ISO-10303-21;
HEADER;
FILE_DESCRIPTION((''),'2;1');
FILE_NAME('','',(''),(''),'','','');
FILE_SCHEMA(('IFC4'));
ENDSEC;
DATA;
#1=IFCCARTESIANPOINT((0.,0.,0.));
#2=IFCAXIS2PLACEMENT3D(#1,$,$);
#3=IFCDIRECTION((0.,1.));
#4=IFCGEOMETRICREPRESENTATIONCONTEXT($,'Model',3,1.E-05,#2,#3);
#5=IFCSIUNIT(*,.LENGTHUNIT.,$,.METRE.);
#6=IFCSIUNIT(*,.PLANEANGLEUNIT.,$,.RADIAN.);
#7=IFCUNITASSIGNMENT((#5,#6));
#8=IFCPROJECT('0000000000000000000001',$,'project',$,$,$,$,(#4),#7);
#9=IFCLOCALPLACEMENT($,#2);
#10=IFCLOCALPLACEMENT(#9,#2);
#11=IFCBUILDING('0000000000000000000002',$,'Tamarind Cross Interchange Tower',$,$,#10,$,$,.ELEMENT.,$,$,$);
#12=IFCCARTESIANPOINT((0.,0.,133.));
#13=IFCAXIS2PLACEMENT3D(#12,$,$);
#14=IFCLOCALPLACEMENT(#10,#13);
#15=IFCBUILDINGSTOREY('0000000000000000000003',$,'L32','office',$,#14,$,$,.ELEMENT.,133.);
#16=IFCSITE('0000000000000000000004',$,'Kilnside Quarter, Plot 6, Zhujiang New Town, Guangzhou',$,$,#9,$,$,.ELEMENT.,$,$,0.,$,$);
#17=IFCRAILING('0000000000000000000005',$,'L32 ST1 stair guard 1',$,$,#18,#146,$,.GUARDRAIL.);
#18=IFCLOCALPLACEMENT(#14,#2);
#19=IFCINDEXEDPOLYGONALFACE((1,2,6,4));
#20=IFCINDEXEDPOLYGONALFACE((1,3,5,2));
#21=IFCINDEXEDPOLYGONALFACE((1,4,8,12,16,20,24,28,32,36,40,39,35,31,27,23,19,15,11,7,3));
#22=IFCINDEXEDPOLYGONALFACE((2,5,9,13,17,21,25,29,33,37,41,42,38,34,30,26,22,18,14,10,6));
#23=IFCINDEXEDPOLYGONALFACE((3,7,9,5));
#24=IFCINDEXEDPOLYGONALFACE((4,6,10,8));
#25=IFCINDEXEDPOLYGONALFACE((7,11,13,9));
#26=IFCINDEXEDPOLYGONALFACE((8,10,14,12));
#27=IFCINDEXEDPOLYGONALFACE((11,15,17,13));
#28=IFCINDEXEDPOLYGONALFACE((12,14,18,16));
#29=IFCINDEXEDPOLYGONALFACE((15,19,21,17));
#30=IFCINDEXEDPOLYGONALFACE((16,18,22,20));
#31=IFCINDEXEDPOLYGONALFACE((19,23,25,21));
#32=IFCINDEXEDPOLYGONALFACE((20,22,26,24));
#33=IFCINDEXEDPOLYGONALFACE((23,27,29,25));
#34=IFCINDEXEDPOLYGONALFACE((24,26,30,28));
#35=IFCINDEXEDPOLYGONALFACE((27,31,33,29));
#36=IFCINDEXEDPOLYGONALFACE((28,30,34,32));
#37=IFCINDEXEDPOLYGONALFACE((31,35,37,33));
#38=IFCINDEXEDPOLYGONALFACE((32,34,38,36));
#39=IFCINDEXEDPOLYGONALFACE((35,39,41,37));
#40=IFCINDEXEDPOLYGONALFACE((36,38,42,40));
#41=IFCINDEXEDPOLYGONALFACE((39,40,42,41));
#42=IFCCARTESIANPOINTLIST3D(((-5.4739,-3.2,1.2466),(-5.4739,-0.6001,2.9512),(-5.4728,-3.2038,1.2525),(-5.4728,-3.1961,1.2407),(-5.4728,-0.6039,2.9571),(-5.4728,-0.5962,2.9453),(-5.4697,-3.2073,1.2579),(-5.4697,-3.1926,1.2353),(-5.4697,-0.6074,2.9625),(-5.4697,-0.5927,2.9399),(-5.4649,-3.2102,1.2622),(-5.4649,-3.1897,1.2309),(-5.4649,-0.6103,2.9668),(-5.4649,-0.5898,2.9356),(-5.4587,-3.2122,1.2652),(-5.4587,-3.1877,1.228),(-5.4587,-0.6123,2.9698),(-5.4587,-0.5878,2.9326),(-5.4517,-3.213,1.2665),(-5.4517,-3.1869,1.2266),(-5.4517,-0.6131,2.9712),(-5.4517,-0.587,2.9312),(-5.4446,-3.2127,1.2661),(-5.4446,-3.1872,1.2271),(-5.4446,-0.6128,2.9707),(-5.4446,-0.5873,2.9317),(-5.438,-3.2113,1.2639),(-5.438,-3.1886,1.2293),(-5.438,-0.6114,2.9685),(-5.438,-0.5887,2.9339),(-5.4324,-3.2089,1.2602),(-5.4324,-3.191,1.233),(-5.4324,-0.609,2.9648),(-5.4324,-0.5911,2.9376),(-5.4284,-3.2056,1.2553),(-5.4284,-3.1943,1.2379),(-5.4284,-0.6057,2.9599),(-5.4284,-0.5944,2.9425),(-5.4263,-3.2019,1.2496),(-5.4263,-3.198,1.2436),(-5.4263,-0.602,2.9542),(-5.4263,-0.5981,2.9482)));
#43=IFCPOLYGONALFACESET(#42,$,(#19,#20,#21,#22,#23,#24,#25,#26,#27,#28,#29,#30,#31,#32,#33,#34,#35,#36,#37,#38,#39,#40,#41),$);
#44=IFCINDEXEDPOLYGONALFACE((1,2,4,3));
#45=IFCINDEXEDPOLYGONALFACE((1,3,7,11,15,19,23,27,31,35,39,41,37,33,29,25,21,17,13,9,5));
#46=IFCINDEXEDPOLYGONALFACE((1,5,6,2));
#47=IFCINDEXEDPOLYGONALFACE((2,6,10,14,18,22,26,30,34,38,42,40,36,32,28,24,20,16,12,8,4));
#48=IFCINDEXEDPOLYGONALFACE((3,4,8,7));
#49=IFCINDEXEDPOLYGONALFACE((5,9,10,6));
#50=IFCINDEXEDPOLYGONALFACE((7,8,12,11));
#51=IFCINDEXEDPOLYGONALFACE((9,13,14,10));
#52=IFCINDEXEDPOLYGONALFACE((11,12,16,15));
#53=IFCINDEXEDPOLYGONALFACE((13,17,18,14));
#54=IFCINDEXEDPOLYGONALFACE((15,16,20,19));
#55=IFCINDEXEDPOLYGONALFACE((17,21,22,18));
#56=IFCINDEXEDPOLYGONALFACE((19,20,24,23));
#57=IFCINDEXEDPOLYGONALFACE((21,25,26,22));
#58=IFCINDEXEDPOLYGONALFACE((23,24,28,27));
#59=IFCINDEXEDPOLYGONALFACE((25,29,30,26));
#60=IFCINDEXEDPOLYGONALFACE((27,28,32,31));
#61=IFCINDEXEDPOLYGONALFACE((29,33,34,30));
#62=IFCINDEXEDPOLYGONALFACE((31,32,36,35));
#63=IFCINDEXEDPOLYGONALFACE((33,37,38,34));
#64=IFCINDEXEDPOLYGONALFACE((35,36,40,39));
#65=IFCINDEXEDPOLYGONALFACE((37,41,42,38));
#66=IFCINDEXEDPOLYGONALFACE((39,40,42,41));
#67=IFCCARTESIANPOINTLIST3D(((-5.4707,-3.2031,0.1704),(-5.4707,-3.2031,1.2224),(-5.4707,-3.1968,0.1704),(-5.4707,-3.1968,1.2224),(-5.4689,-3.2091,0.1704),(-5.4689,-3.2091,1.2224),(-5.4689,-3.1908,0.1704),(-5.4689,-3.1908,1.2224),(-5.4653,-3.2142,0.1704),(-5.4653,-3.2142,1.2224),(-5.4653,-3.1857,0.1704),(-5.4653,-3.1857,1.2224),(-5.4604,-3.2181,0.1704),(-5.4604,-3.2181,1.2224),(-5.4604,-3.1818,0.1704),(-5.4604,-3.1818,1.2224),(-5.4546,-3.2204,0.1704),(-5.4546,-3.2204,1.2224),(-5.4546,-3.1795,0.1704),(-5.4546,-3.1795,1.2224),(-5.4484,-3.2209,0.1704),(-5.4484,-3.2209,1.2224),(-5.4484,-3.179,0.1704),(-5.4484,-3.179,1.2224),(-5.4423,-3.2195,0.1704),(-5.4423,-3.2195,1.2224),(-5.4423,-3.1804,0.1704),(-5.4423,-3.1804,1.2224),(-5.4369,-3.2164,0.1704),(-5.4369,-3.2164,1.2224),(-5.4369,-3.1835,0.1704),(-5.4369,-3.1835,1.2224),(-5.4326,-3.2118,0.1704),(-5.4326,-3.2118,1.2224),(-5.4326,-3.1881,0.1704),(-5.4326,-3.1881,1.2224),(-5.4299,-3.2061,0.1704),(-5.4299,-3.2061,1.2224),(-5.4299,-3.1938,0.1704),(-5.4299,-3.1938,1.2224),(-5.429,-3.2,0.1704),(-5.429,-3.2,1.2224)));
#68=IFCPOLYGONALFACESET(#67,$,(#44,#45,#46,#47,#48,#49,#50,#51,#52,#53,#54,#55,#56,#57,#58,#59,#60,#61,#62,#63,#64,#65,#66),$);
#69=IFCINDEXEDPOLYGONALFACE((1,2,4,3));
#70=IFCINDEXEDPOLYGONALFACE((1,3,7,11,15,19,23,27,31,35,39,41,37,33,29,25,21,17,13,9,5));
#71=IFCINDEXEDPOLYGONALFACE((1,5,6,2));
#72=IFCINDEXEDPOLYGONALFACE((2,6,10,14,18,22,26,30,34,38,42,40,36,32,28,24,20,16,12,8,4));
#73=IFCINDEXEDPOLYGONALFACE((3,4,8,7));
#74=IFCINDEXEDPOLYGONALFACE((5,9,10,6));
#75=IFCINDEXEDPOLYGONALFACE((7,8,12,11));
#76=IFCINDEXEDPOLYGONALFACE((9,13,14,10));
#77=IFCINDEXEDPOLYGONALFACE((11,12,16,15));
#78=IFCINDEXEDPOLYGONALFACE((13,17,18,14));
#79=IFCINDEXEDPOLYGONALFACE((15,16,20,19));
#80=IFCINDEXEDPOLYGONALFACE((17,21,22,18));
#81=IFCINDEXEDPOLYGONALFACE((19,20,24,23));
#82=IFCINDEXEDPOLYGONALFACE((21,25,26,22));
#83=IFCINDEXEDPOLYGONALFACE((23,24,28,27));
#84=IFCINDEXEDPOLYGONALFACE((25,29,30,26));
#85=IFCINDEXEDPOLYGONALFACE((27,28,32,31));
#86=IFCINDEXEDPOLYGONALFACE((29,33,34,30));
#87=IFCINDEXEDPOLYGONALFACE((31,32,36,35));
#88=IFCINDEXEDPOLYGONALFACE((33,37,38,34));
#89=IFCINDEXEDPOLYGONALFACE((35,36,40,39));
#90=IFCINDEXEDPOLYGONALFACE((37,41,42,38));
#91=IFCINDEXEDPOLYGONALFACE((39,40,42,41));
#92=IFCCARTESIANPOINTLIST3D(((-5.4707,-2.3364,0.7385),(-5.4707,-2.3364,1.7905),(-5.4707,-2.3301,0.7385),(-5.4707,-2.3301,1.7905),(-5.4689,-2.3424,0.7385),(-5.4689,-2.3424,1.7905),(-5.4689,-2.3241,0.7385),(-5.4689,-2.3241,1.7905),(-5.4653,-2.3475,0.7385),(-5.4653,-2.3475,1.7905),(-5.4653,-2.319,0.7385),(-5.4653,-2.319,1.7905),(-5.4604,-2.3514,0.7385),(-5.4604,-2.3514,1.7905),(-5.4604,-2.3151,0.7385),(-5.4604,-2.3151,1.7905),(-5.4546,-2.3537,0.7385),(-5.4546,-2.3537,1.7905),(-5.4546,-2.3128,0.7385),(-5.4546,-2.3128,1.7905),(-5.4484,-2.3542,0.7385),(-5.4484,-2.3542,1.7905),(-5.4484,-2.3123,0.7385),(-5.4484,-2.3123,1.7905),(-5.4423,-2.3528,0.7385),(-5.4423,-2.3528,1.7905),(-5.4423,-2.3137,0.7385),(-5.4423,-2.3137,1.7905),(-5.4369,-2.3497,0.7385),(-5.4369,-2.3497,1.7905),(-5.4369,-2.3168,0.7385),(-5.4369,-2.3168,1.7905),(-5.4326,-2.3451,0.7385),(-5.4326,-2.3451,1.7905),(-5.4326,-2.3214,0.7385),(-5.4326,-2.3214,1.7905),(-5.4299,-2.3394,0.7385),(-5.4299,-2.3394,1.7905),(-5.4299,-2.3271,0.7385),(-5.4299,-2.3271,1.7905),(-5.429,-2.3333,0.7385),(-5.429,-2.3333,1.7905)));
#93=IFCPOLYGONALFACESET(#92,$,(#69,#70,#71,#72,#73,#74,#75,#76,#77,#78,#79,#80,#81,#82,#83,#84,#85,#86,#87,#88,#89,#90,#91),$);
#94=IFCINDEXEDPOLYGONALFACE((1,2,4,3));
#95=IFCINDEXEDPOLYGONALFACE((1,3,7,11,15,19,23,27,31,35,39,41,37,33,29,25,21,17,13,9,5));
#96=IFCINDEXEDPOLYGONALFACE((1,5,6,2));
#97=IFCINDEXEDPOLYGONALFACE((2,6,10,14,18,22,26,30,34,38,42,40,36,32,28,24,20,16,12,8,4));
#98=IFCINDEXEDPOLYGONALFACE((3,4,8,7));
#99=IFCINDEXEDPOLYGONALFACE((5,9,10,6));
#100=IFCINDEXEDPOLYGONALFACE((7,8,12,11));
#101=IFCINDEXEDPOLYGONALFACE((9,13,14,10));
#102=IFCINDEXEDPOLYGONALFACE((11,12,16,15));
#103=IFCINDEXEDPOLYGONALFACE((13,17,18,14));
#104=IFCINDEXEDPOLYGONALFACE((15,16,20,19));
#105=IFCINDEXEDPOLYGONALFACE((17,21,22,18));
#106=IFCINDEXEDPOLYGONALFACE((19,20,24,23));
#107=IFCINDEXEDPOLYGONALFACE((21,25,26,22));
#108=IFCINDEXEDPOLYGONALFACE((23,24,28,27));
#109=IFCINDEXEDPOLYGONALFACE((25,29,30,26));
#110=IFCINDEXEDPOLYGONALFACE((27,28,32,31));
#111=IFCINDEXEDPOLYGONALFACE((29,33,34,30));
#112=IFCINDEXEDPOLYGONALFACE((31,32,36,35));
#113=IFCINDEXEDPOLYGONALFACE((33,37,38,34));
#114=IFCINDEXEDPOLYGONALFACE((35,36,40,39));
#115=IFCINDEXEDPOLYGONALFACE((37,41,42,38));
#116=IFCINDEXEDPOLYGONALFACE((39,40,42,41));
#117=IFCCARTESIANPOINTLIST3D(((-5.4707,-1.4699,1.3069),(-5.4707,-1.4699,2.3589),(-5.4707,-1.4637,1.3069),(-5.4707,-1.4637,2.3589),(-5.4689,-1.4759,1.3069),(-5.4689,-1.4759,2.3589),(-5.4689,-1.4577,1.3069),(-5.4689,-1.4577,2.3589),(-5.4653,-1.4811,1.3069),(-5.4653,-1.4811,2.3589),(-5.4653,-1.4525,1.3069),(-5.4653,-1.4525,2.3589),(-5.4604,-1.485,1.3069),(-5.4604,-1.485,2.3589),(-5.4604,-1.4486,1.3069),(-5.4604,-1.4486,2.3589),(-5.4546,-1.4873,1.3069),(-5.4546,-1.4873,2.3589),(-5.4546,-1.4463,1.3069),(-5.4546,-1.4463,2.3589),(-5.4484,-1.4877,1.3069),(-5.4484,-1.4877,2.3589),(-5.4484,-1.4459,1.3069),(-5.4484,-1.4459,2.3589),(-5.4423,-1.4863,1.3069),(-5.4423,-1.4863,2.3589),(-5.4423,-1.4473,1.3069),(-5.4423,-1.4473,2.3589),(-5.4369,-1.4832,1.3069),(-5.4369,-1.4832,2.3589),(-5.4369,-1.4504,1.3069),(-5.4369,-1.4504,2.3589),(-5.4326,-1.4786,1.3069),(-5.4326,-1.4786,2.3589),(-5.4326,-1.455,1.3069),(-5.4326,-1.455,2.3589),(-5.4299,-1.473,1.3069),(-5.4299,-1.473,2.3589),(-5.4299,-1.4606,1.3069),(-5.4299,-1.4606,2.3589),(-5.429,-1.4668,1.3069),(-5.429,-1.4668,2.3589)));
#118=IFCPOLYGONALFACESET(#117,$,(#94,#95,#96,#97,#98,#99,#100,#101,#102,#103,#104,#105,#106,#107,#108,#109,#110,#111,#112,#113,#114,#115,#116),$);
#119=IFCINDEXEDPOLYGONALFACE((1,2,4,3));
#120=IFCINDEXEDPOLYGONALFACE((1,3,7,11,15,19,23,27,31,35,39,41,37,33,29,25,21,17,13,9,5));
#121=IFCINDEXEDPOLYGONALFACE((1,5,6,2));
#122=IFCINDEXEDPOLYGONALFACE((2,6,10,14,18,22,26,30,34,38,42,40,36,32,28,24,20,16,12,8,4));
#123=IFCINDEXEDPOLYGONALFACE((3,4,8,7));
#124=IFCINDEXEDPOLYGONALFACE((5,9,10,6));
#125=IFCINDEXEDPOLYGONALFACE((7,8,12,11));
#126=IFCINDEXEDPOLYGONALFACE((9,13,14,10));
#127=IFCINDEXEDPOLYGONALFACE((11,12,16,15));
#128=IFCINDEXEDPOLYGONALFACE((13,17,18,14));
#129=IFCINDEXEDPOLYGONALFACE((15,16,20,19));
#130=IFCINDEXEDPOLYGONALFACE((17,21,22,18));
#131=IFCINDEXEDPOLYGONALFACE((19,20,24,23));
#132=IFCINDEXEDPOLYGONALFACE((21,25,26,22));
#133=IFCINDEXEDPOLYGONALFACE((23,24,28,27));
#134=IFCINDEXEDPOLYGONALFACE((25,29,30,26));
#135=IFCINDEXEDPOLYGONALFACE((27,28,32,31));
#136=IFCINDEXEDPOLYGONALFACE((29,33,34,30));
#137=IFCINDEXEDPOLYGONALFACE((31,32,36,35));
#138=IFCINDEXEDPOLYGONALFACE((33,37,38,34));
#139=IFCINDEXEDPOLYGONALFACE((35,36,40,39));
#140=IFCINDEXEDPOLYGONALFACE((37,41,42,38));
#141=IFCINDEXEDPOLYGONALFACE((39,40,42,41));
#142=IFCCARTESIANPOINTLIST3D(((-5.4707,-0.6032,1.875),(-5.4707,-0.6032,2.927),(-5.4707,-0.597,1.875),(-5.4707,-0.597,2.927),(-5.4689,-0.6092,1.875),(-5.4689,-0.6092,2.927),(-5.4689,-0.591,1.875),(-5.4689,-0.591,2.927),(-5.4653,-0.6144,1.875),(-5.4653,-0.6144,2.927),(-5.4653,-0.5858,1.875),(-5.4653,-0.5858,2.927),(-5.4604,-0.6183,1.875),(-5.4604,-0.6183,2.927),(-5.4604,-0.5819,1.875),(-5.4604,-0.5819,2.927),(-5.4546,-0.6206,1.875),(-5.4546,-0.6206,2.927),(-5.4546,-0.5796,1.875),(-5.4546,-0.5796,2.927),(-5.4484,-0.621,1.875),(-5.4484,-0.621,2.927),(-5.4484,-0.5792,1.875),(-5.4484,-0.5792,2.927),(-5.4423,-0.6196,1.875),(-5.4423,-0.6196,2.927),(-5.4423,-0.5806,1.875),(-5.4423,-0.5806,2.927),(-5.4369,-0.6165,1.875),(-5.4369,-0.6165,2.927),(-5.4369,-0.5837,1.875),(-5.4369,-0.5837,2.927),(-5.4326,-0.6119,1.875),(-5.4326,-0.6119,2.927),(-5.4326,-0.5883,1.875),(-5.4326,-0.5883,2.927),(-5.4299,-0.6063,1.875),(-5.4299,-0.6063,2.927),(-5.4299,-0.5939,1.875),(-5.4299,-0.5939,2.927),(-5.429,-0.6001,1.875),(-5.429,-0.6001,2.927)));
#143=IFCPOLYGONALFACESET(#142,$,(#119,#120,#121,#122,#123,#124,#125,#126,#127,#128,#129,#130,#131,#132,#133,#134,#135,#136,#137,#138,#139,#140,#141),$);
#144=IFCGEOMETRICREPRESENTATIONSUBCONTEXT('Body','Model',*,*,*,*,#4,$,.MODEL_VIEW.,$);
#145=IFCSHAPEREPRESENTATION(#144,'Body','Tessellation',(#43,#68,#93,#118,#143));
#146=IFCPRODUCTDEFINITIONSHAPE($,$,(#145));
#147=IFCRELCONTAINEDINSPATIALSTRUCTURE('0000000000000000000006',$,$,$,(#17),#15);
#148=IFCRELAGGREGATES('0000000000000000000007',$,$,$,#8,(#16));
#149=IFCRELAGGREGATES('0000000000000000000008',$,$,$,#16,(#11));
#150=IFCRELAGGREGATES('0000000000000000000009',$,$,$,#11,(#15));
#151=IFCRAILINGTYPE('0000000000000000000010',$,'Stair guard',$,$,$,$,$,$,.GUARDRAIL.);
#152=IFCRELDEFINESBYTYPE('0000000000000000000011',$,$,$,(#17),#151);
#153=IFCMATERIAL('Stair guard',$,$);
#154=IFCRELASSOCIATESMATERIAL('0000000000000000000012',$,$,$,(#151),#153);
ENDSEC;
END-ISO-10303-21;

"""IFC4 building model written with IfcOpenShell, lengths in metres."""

from ifc_helpers import new_model, si_unit, direction, frame, origin, origin_2d, place, context, subcontext, project, spatial, circle, extrude, material, type_object, element, save


model = new_model("IFC4")

# Units and contexts
model_context = context("Model", 3, precision=1e-05, world=origin(), true_north=direction((0.0, 1.0)))
body_context = subcontext(model_context, "Body", "Model", "MODEL_VIEW")
ifc_project = project(units=[si_unit("LENGTHUNIT", "METRE"), si_unit("PLANEANGLEUNIT", "RADIAN")], contexts=[model_context])

# Site, building, storey
site_placement = place(None, origin())
site = spatial("IfcSite", under=ifc_project, at=site_placement, Name="Kilnside Quarter, Plot 6, Zhujiang New Town, Guangzhou", CompositionType="ELEMENT", RefElevation=0.0)
building_placement = place(site_placement, origin())
building = spatial("IfcBuilding", under=site, at=building_placement, Name="Tamarind Cross Interchange Tower", CompositionType="ELEMENT")
storey_placement = place(building_placement, frame((0.0, 0.0, 133.0)))
storey = spatial("IfcBuildingStorey", under=building, at=storey_placement, Name="L32", Description="office", CompositionType="ELEMENT", Elevation=133.0)

# Railing
ifc_material_1 = material(Name="Stair guard")
railing_type_1 = type_object("IfcRailingType", Name="Stair guard", PredefinedType="GUARDRAIL", material=ifc_material_1)
railing_1_placement = place(storey_placement, frame((-5.45, -3.2, 0.1704)))
element("IfcRailing", 1, at=railing_1_placement, inside=storey, type_object=railing_type_1, Name="L32 ST1 stair guard 1", PredefinedType="GUARDRAIL", context=body_context, shape_type="SweptSolid", body=[
    extrude(circle(Radius=0.0239, at=origin_2d()), frame((0.0, 0.0, 1.0762), z_axis=(0.0, 0.836279, 0.548305), x_axis=(-1.0, 0.0, 0.0)), (0.0, 0.0, 1.0), 3.1089),
    extrude(circle(Radius=0.021, at=origin_2d()), origin(), (0.0, 0.0, 1.0), 1.052),
    extrude(circle(Radius=0.021, at=origin_2d()), frame((0.0, 0.8667, 0.5681)), (0.0, 0.0, 1.0), 1.052),
    extrude(circle(Radius=0.021, at=origin_2d()), frame((0.0, 1.7332, 1.1365)), (0.0, 0.0, 1.0), 1.052),
    extrude(circle(Radius=0.021, at=origin_2d()), frame((0.0, 2.5999, 1.7046)), (0.0, 0.0, 1.0), 1.052),
])

save(model, "model.ifc")
